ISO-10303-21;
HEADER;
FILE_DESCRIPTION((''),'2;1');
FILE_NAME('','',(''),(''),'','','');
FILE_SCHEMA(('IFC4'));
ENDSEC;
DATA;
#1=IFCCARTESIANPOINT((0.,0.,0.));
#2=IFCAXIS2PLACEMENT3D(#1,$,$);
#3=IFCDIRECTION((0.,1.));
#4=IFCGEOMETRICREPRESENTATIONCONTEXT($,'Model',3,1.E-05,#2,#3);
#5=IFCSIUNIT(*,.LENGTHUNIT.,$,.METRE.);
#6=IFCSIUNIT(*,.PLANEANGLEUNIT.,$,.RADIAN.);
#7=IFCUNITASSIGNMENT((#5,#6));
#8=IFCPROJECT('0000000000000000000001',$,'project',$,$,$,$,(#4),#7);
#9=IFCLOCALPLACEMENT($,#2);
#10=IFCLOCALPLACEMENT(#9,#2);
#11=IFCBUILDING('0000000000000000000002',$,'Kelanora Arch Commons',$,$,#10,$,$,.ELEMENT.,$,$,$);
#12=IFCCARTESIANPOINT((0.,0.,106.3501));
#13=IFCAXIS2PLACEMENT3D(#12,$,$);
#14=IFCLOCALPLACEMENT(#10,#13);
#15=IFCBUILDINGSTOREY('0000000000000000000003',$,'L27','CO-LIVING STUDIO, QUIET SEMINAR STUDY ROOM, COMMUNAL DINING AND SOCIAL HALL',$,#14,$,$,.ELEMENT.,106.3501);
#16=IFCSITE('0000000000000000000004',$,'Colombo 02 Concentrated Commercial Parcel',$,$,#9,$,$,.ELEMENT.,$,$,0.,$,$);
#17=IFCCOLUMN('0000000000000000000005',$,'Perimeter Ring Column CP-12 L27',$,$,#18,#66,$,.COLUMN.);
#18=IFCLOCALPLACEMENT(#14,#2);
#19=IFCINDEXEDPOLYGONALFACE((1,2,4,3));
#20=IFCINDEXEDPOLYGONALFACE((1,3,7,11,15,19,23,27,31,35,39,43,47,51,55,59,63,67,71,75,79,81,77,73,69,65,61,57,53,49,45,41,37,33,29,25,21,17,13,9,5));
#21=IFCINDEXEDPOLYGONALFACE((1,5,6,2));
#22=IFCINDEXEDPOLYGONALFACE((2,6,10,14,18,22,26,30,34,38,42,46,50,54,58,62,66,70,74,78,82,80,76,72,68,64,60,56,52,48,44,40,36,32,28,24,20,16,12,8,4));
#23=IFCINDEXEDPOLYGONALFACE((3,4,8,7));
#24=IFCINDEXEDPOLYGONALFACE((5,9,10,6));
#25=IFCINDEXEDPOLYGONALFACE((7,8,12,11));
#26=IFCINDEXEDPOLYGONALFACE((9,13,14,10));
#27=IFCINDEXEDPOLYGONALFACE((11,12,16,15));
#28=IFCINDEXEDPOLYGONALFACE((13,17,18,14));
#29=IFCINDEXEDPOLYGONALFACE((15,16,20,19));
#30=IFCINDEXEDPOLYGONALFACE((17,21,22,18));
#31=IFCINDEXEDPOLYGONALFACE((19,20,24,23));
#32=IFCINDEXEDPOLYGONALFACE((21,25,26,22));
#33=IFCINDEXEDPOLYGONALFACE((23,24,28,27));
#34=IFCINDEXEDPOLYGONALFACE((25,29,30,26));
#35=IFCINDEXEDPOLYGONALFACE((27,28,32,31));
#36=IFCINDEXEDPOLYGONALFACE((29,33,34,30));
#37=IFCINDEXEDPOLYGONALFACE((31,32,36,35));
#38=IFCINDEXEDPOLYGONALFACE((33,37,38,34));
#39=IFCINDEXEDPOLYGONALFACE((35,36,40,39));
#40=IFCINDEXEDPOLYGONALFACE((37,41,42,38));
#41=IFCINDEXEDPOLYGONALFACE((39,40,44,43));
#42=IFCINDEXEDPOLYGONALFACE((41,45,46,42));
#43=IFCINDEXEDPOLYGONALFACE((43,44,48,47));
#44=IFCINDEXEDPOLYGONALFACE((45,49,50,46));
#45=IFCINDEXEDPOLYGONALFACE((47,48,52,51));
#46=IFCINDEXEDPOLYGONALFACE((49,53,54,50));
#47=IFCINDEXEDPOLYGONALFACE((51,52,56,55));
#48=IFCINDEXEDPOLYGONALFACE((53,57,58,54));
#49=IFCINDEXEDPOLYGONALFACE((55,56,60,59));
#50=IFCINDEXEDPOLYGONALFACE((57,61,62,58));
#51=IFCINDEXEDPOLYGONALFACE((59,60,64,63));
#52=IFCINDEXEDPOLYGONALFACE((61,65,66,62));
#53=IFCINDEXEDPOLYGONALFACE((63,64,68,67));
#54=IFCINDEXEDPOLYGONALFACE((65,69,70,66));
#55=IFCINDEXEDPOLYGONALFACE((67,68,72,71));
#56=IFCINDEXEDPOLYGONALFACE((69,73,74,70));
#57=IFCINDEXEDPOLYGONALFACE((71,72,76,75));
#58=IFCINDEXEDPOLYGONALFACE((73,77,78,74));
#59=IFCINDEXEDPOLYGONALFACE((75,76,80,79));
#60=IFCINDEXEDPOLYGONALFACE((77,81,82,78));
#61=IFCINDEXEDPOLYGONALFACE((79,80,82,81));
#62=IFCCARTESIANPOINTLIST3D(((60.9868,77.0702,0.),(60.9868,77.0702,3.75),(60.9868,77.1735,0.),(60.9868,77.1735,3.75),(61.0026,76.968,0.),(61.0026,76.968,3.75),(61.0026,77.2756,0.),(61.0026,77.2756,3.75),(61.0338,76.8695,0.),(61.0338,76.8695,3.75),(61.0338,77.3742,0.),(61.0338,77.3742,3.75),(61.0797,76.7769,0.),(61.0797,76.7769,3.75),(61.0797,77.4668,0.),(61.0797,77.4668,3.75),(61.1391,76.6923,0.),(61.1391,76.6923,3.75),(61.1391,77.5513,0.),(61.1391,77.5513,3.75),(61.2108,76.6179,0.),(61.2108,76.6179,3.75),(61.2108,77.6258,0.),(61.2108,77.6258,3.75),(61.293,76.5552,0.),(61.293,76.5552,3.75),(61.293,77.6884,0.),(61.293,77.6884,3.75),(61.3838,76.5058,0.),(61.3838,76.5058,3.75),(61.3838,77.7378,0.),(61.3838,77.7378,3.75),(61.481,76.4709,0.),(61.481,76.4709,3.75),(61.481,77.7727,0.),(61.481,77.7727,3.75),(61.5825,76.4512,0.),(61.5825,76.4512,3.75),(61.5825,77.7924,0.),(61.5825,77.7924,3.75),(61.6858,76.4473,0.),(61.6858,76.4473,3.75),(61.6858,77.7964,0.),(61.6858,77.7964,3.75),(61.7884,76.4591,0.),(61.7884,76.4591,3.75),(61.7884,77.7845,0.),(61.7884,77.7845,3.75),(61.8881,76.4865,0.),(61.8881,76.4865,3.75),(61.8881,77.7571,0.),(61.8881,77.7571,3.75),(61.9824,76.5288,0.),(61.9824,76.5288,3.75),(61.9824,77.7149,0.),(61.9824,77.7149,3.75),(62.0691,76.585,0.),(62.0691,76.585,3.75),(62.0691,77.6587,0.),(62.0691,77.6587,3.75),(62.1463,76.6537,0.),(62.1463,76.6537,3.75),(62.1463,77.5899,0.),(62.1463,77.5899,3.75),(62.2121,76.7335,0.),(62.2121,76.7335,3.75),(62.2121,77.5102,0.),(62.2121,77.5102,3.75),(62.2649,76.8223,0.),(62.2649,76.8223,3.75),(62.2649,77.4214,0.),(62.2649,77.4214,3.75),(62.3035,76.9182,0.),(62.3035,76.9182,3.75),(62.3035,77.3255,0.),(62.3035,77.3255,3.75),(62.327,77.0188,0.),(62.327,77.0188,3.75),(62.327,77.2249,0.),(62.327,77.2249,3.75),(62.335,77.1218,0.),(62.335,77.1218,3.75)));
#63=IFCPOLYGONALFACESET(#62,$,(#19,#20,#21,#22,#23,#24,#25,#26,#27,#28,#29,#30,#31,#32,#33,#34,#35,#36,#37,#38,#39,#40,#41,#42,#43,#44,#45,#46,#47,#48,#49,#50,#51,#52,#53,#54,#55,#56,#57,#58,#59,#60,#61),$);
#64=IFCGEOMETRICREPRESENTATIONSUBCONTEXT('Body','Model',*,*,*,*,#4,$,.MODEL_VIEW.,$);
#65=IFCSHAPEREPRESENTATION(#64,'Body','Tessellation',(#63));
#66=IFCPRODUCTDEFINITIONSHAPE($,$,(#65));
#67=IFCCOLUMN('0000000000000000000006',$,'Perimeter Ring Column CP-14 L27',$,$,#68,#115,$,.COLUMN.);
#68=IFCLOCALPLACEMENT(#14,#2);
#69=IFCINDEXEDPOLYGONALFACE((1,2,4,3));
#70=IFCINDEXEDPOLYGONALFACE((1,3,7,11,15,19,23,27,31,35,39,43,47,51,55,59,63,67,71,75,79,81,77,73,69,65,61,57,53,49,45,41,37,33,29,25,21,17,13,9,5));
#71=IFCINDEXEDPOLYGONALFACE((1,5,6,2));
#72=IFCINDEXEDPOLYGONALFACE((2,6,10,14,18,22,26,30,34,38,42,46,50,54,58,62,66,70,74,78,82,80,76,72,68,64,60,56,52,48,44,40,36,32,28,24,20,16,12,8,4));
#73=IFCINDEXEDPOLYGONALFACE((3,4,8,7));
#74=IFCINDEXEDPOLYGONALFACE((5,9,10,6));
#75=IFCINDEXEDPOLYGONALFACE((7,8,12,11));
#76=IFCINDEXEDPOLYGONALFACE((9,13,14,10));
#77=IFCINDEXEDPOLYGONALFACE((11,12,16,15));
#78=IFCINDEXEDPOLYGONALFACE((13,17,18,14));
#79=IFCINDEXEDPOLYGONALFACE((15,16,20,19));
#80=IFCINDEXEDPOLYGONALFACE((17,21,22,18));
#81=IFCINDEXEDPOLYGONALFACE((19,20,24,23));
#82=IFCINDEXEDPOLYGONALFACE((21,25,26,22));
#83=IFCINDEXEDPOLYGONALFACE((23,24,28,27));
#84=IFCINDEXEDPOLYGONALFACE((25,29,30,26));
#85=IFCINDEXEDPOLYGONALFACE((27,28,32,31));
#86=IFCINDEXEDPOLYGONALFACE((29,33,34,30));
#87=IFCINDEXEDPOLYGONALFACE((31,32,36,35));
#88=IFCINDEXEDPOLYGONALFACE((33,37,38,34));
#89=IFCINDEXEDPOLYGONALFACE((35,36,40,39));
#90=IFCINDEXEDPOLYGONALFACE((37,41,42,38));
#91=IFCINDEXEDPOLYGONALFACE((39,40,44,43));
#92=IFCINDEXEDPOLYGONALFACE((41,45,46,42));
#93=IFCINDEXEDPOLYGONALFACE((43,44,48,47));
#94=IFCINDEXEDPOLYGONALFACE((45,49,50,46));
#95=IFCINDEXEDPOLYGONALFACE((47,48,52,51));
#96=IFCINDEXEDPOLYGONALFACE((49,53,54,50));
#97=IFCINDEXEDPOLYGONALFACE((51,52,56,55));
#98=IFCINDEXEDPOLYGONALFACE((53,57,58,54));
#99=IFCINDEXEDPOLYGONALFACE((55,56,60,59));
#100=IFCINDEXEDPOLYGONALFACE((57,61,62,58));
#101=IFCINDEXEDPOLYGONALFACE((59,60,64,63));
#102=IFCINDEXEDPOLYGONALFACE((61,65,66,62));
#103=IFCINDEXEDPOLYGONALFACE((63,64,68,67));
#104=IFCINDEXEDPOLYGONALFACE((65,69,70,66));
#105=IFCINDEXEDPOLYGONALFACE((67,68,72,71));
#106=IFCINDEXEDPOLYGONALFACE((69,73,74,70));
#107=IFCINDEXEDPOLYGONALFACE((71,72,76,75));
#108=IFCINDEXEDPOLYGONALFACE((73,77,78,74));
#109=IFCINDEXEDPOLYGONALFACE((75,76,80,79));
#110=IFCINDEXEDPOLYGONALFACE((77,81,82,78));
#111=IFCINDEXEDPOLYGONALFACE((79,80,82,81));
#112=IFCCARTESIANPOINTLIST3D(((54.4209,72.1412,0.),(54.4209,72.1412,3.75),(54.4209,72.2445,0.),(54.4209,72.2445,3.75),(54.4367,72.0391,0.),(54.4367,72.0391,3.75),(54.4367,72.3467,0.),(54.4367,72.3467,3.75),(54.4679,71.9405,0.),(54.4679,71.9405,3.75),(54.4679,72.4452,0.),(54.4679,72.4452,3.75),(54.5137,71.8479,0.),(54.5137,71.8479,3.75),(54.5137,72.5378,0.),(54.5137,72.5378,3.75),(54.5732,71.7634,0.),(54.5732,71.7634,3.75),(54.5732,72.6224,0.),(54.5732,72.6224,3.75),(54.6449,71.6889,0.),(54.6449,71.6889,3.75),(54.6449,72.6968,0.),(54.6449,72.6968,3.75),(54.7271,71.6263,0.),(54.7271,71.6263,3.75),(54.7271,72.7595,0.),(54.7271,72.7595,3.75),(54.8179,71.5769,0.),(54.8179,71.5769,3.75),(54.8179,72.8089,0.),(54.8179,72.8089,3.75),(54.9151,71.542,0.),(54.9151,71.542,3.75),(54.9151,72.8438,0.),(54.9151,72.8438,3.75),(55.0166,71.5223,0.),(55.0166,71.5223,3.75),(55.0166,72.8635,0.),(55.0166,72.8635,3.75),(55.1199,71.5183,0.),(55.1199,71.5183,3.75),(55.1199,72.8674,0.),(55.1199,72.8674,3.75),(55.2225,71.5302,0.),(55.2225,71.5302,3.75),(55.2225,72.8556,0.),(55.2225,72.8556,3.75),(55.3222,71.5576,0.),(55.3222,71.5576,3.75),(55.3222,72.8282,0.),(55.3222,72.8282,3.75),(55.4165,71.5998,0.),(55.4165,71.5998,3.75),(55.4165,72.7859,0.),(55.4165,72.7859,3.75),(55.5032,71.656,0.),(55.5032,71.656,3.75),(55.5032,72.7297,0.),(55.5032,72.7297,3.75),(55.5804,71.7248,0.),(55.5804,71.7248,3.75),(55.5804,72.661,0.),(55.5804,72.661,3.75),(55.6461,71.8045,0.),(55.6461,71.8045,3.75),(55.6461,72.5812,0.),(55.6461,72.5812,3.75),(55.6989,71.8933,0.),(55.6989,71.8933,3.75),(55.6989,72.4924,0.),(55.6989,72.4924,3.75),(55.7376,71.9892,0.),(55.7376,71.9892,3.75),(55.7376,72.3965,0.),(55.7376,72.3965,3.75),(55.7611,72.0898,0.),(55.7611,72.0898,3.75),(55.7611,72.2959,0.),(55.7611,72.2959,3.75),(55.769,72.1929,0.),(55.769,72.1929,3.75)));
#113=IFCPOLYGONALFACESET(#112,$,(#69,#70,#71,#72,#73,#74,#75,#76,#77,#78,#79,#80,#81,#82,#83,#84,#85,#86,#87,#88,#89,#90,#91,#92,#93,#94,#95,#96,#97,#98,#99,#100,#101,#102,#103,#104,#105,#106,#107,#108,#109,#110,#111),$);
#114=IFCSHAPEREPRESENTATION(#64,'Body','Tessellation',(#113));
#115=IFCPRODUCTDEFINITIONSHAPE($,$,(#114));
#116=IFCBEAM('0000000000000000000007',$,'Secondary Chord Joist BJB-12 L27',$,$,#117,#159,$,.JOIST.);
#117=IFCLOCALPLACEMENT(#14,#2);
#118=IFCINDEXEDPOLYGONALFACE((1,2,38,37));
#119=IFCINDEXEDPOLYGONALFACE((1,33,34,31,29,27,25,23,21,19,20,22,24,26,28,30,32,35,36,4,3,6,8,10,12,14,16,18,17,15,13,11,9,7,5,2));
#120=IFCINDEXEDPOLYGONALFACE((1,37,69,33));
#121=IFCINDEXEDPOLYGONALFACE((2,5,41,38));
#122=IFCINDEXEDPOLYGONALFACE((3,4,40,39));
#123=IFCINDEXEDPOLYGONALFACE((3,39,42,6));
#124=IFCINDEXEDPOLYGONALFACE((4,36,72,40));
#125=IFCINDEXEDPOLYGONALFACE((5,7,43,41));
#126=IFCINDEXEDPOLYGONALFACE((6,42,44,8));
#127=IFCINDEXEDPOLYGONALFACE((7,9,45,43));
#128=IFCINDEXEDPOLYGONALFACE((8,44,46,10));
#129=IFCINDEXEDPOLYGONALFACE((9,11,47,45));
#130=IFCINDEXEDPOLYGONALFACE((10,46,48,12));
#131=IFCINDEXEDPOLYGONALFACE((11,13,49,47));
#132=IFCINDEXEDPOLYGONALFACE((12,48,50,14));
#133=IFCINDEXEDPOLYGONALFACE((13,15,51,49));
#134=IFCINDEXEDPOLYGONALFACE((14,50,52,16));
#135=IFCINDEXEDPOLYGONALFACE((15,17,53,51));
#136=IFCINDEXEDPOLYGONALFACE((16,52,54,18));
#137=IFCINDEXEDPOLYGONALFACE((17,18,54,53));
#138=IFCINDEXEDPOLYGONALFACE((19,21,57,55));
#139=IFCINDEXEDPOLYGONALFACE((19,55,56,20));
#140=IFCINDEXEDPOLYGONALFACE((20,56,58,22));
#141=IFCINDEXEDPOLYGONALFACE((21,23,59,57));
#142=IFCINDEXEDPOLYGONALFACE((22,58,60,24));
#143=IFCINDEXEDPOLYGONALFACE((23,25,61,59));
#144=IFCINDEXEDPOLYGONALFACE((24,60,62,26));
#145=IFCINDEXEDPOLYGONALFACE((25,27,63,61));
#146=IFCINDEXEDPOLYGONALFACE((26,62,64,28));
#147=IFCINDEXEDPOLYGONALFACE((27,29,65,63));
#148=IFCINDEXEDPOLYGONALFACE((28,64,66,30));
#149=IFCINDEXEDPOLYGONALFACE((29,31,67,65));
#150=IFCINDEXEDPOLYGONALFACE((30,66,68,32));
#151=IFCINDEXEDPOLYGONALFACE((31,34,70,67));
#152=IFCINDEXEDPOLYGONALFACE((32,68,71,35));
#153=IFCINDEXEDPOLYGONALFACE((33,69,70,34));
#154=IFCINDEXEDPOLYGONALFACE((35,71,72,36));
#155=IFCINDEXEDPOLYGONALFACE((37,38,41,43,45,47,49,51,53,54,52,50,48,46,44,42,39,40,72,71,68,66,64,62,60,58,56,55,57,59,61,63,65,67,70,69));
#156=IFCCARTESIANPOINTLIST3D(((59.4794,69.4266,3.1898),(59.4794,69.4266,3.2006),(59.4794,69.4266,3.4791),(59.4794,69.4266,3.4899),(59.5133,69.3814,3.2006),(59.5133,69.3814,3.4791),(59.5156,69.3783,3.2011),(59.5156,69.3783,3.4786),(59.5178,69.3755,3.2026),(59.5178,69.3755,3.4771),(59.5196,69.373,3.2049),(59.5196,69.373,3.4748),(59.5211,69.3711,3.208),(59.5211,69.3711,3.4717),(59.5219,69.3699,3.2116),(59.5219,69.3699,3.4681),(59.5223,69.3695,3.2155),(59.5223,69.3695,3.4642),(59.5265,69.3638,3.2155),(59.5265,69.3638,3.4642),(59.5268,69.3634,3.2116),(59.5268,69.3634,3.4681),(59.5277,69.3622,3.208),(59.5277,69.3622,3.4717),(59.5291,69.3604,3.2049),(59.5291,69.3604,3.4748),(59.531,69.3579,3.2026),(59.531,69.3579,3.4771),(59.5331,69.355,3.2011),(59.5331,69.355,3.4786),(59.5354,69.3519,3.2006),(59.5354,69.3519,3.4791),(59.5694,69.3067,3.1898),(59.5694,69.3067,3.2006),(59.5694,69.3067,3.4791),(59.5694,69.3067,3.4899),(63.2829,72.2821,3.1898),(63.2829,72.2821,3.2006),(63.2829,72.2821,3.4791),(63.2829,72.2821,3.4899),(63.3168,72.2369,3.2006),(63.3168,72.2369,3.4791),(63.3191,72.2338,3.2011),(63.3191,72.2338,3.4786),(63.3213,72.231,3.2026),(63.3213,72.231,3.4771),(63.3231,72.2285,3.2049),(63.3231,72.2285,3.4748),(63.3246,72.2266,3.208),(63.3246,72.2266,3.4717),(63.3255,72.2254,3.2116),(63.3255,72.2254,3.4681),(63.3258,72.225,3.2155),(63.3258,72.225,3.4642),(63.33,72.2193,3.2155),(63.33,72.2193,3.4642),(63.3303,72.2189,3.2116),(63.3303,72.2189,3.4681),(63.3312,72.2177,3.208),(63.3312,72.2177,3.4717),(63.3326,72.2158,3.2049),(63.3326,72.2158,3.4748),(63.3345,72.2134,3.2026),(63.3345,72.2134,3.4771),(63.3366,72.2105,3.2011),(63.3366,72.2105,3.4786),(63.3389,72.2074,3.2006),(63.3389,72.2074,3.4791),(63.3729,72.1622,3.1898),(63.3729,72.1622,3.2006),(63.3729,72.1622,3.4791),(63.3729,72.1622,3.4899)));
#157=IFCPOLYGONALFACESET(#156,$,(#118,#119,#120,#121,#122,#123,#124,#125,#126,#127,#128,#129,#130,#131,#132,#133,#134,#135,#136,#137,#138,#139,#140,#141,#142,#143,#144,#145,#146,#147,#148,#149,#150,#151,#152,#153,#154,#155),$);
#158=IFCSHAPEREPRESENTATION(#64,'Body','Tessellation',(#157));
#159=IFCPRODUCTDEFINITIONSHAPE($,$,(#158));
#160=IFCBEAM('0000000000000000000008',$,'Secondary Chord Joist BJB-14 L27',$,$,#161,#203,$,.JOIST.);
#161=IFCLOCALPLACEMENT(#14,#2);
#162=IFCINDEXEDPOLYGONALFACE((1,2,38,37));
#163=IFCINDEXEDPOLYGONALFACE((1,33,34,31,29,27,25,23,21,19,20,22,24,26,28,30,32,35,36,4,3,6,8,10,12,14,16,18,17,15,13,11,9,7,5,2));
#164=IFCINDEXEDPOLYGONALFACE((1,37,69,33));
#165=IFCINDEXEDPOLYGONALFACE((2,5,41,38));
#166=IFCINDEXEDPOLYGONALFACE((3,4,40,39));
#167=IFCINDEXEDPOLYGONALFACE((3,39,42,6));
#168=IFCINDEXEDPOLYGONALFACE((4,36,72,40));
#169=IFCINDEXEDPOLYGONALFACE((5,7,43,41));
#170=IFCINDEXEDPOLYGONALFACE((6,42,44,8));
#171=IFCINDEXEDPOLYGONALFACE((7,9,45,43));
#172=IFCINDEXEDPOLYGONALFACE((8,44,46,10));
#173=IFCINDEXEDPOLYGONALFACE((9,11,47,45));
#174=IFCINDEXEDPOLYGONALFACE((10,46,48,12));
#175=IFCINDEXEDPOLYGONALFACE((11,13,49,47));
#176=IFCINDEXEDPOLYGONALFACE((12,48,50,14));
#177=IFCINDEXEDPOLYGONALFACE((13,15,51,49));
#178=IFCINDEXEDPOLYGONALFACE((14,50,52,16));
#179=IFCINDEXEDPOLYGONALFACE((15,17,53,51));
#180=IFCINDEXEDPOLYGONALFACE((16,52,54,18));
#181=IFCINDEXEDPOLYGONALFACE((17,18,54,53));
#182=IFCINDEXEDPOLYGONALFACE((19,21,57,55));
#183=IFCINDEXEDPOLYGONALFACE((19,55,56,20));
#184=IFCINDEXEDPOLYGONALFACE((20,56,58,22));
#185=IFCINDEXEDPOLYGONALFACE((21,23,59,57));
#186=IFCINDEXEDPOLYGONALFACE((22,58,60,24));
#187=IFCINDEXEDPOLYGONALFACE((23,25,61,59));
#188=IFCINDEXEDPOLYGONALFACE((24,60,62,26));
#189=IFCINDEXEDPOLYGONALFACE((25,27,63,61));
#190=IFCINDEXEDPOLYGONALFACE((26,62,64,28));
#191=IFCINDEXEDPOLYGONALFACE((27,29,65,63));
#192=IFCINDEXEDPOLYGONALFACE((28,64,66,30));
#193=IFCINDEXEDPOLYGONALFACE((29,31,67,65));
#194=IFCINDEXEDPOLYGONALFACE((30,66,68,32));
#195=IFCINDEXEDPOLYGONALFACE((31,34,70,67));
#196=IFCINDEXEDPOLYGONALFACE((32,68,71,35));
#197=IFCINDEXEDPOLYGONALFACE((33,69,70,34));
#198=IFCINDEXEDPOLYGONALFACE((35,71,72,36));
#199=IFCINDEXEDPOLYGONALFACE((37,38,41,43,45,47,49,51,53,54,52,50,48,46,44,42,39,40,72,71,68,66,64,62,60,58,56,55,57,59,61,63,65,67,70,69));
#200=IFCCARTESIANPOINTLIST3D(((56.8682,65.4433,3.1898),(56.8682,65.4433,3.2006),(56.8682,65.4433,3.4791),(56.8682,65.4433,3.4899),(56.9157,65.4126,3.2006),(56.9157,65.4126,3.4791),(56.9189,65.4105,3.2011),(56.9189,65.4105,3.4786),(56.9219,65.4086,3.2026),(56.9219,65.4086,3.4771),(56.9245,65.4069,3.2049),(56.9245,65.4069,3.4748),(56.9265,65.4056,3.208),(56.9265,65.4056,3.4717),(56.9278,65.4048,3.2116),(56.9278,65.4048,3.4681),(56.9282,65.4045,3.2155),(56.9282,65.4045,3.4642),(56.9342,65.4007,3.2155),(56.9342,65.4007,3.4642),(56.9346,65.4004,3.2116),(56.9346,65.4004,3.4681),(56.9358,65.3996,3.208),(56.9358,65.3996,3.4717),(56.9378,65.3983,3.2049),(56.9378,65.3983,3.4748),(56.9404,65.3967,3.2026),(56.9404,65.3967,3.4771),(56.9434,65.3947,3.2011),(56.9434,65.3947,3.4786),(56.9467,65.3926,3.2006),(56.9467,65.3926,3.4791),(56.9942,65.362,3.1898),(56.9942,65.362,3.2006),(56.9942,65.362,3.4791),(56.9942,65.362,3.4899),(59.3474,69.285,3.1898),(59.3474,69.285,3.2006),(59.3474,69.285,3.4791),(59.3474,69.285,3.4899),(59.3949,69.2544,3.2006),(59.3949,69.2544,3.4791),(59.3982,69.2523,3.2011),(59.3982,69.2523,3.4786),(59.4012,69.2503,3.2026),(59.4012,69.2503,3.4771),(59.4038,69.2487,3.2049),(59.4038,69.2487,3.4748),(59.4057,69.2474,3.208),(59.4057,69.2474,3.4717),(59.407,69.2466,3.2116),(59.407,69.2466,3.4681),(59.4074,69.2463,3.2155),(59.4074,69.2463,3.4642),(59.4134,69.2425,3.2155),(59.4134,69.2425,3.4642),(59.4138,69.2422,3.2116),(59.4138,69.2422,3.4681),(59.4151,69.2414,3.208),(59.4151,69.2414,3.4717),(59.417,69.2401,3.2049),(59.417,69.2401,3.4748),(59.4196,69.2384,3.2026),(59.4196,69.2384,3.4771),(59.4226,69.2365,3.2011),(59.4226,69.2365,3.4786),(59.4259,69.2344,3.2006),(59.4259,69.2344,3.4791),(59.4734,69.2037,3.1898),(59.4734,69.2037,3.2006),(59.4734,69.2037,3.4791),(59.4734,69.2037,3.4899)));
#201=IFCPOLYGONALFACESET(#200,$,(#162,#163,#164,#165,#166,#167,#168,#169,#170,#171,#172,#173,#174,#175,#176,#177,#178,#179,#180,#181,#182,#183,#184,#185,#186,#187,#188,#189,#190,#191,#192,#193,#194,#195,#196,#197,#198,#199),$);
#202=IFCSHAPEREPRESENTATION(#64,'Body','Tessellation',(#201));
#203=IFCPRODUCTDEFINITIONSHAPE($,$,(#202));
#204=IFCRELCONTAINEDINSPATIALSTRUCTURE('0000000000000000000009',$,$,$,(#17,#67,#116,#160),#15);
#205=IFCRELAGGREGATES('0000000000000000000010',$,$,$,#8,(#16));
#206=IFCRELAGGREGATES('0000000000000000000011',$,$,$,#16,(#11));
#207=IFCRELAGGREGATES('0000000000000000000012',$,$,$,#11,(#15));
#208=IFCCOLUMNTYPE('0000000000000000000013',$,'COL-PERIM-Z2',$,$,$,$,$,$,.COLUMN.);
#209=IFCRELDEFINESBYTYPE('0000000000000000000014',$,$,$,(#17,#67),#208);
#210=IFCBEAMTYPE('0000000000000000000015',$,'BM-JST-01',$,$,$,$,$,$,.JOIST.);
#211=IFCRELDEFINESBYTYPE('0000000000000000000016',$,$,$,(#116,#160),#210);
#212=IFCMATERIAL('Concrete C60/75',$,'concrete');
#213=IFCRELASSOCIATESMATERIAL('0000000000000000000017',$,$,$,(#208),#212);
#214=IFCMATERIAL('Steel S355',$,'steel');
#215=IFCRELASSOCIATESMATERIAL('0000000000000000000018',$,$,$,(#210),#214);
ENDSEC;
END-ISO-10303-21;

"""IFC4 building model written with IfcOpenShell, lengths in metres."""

from ifc_helpers import new_model, si_unit, direction, frame, origin, origin_2d, place, context, subcontext, project, spatial, circle, i_section, extrude, material, material_profile, profile_set, type_object, element, save


model = new_model("IFC4")

# Units and contexts
model_context = context("Model", 3, precision=1e-05, world=origin(), true_north=direction((0.0, 1.0)))
body_context = subcontext(model_context, "Body", "Model", "MODEL_VIEW")
ifc_project = project(units=[si_unit("LENGTHUNIT", "METRE"), si_unit("PLANEANGLEUNIT", "RADIAN")], contexts=[model_context])

# Site, building, storey
site_placement = place(None, origin())
site = spatial("IfcSite", under=ifc_project, at=site_placement, Name="Colombo 02 Concentrated Commercial Parcel", CompositionType="ELEMENT", RefElevation=0.0)
building_placement = place(site_placement, origin())
building = spatial("IfcBuilding", under=site, at=building_placement, Name="Kelanora Arch Commons", CompositionType="ELEMENT")
storey_placement = place(building_placement, frame((0.0, 0.0, 106.3501)))
storey = spatial("IfcBuildingStorey", under=building, at=storey_placement, Name="L27", Description="CO-LIVING STUDIO, QUIET SEMINAR STUDY ROOM, COMMUNAL DINING AND SOCIAL HALL", CompositionType="ELEMENT", Elevation=106.3501)

# Columns
ifc_material_1 = material(Name="Concrete C60/75", Category="concrete")
ifc_material_profile_1 = material_profile(ifc_material_1, circle(Radius=0.675, at=origin_2d()), Name="RCC1350")
ifc_profile_set_1 = profile_set([ifc_material_profile_1], Name="Concrete C60/75")
column_type = type_object("IfcColumnType", Name="COL-PERIM-Z2", PredefinedType="COLUMN", material=ifc_profile_set_1)
for number, where, z_axis, x_axis, name in (
    (1, (61.6599, 77.1218, 0.0), (0.0, 0.0, 1.0), (1.0, 0.0, 0.0), "Perimeter Ring Column CP-12 L27"),
    (2, (55.094, 72.1929, 0.0), (0.0, 0.0, 1.0), (1.0, 0.0, 0.0), "Perimeter Ring Column CP-14 L27"),
):
    element("IfcColumn", number, at=place(storey_placement, frame(where, z_axis=z_axis, x_axis=x_axis)), inside=storey, type_object=column_type, Name=name, PredefinedType="COLUMN", context=body_context, shape_type="SweptSolid", body=[
        extrude(circle(Radius=0.675, at=origin_2d()), origin(), (0.0, 0.0, 1.0), 3.75),
    ])

# Beams
ifc_material_2 = material(Name="Steel S355", Category="steel")
ifc_material_profile_2 = material_profile(ifc_material_2, i_section(OverallWidth=0.1499, OverallDepth=0.3, WebThickness=0.0071, FlangeThickness=0.0107, FilletRadius=0.0149, at=origin_2d()), Name="IPE300")
ifc_profile_set_2 = profile_set([ifc_material_profile_2], Name="Steel S355")
beam_type_1 = type_object("IfcBeamType", Name="BM-JST-01", PredefinedType="JOIST", material=ifc_profile_set_2)
beam_1_placement = place(storey_placement, frame((63.3279, 72.2222, 3.3398), z_axis=(-0.79971, -0.600386, 0.0), x_axis=(0.600386, -0.79971, 0.0)))
element("IfcBeam", 3, at=beam_1_placement, inside=storey, type_object=beam_type_1, Name="Secondary Chord Joist BJB-12 L27", PredefinedType="JOIST", context=body_context, shape_type="SweptSolid", body=[
    extrude(i_section(OverallWidth=0.1499, OverallDepth=0.3, WebThickness=0.0071, FlangeThickness=0.0107, FilletRadius=0.0149, at=origin_2d()), origin(), (0.0, 0.0, 1.0), 4.7561),
])
beam_2_placement = place(storey_placement, frame((59.4104, 69.2444, 3.3398), z_axis=(-0.54223, -0.84023, 0.0), x_axis=(0.84023, -0.54223, 0.0)))
element("IfcBeam", 4, at=beam_2_placement, inside=storey, type_object=beam_type_1, Name="Secondary Chord Joist BJB-14 L27", PredefinedType="JOIST", context=body_context, shape_type="SweptSolid", body=[
    extrude(i_section(OverallWidth=0.1499, OverallDepth=0.3, WebThickness=0.0071, FlangeThickness=0.0107, FilletRadius=0.0149, at=origin_2d()), origin(), (0.0, 0.0, 1.0), 4.5723),
])

save(model, "model.ifc")
